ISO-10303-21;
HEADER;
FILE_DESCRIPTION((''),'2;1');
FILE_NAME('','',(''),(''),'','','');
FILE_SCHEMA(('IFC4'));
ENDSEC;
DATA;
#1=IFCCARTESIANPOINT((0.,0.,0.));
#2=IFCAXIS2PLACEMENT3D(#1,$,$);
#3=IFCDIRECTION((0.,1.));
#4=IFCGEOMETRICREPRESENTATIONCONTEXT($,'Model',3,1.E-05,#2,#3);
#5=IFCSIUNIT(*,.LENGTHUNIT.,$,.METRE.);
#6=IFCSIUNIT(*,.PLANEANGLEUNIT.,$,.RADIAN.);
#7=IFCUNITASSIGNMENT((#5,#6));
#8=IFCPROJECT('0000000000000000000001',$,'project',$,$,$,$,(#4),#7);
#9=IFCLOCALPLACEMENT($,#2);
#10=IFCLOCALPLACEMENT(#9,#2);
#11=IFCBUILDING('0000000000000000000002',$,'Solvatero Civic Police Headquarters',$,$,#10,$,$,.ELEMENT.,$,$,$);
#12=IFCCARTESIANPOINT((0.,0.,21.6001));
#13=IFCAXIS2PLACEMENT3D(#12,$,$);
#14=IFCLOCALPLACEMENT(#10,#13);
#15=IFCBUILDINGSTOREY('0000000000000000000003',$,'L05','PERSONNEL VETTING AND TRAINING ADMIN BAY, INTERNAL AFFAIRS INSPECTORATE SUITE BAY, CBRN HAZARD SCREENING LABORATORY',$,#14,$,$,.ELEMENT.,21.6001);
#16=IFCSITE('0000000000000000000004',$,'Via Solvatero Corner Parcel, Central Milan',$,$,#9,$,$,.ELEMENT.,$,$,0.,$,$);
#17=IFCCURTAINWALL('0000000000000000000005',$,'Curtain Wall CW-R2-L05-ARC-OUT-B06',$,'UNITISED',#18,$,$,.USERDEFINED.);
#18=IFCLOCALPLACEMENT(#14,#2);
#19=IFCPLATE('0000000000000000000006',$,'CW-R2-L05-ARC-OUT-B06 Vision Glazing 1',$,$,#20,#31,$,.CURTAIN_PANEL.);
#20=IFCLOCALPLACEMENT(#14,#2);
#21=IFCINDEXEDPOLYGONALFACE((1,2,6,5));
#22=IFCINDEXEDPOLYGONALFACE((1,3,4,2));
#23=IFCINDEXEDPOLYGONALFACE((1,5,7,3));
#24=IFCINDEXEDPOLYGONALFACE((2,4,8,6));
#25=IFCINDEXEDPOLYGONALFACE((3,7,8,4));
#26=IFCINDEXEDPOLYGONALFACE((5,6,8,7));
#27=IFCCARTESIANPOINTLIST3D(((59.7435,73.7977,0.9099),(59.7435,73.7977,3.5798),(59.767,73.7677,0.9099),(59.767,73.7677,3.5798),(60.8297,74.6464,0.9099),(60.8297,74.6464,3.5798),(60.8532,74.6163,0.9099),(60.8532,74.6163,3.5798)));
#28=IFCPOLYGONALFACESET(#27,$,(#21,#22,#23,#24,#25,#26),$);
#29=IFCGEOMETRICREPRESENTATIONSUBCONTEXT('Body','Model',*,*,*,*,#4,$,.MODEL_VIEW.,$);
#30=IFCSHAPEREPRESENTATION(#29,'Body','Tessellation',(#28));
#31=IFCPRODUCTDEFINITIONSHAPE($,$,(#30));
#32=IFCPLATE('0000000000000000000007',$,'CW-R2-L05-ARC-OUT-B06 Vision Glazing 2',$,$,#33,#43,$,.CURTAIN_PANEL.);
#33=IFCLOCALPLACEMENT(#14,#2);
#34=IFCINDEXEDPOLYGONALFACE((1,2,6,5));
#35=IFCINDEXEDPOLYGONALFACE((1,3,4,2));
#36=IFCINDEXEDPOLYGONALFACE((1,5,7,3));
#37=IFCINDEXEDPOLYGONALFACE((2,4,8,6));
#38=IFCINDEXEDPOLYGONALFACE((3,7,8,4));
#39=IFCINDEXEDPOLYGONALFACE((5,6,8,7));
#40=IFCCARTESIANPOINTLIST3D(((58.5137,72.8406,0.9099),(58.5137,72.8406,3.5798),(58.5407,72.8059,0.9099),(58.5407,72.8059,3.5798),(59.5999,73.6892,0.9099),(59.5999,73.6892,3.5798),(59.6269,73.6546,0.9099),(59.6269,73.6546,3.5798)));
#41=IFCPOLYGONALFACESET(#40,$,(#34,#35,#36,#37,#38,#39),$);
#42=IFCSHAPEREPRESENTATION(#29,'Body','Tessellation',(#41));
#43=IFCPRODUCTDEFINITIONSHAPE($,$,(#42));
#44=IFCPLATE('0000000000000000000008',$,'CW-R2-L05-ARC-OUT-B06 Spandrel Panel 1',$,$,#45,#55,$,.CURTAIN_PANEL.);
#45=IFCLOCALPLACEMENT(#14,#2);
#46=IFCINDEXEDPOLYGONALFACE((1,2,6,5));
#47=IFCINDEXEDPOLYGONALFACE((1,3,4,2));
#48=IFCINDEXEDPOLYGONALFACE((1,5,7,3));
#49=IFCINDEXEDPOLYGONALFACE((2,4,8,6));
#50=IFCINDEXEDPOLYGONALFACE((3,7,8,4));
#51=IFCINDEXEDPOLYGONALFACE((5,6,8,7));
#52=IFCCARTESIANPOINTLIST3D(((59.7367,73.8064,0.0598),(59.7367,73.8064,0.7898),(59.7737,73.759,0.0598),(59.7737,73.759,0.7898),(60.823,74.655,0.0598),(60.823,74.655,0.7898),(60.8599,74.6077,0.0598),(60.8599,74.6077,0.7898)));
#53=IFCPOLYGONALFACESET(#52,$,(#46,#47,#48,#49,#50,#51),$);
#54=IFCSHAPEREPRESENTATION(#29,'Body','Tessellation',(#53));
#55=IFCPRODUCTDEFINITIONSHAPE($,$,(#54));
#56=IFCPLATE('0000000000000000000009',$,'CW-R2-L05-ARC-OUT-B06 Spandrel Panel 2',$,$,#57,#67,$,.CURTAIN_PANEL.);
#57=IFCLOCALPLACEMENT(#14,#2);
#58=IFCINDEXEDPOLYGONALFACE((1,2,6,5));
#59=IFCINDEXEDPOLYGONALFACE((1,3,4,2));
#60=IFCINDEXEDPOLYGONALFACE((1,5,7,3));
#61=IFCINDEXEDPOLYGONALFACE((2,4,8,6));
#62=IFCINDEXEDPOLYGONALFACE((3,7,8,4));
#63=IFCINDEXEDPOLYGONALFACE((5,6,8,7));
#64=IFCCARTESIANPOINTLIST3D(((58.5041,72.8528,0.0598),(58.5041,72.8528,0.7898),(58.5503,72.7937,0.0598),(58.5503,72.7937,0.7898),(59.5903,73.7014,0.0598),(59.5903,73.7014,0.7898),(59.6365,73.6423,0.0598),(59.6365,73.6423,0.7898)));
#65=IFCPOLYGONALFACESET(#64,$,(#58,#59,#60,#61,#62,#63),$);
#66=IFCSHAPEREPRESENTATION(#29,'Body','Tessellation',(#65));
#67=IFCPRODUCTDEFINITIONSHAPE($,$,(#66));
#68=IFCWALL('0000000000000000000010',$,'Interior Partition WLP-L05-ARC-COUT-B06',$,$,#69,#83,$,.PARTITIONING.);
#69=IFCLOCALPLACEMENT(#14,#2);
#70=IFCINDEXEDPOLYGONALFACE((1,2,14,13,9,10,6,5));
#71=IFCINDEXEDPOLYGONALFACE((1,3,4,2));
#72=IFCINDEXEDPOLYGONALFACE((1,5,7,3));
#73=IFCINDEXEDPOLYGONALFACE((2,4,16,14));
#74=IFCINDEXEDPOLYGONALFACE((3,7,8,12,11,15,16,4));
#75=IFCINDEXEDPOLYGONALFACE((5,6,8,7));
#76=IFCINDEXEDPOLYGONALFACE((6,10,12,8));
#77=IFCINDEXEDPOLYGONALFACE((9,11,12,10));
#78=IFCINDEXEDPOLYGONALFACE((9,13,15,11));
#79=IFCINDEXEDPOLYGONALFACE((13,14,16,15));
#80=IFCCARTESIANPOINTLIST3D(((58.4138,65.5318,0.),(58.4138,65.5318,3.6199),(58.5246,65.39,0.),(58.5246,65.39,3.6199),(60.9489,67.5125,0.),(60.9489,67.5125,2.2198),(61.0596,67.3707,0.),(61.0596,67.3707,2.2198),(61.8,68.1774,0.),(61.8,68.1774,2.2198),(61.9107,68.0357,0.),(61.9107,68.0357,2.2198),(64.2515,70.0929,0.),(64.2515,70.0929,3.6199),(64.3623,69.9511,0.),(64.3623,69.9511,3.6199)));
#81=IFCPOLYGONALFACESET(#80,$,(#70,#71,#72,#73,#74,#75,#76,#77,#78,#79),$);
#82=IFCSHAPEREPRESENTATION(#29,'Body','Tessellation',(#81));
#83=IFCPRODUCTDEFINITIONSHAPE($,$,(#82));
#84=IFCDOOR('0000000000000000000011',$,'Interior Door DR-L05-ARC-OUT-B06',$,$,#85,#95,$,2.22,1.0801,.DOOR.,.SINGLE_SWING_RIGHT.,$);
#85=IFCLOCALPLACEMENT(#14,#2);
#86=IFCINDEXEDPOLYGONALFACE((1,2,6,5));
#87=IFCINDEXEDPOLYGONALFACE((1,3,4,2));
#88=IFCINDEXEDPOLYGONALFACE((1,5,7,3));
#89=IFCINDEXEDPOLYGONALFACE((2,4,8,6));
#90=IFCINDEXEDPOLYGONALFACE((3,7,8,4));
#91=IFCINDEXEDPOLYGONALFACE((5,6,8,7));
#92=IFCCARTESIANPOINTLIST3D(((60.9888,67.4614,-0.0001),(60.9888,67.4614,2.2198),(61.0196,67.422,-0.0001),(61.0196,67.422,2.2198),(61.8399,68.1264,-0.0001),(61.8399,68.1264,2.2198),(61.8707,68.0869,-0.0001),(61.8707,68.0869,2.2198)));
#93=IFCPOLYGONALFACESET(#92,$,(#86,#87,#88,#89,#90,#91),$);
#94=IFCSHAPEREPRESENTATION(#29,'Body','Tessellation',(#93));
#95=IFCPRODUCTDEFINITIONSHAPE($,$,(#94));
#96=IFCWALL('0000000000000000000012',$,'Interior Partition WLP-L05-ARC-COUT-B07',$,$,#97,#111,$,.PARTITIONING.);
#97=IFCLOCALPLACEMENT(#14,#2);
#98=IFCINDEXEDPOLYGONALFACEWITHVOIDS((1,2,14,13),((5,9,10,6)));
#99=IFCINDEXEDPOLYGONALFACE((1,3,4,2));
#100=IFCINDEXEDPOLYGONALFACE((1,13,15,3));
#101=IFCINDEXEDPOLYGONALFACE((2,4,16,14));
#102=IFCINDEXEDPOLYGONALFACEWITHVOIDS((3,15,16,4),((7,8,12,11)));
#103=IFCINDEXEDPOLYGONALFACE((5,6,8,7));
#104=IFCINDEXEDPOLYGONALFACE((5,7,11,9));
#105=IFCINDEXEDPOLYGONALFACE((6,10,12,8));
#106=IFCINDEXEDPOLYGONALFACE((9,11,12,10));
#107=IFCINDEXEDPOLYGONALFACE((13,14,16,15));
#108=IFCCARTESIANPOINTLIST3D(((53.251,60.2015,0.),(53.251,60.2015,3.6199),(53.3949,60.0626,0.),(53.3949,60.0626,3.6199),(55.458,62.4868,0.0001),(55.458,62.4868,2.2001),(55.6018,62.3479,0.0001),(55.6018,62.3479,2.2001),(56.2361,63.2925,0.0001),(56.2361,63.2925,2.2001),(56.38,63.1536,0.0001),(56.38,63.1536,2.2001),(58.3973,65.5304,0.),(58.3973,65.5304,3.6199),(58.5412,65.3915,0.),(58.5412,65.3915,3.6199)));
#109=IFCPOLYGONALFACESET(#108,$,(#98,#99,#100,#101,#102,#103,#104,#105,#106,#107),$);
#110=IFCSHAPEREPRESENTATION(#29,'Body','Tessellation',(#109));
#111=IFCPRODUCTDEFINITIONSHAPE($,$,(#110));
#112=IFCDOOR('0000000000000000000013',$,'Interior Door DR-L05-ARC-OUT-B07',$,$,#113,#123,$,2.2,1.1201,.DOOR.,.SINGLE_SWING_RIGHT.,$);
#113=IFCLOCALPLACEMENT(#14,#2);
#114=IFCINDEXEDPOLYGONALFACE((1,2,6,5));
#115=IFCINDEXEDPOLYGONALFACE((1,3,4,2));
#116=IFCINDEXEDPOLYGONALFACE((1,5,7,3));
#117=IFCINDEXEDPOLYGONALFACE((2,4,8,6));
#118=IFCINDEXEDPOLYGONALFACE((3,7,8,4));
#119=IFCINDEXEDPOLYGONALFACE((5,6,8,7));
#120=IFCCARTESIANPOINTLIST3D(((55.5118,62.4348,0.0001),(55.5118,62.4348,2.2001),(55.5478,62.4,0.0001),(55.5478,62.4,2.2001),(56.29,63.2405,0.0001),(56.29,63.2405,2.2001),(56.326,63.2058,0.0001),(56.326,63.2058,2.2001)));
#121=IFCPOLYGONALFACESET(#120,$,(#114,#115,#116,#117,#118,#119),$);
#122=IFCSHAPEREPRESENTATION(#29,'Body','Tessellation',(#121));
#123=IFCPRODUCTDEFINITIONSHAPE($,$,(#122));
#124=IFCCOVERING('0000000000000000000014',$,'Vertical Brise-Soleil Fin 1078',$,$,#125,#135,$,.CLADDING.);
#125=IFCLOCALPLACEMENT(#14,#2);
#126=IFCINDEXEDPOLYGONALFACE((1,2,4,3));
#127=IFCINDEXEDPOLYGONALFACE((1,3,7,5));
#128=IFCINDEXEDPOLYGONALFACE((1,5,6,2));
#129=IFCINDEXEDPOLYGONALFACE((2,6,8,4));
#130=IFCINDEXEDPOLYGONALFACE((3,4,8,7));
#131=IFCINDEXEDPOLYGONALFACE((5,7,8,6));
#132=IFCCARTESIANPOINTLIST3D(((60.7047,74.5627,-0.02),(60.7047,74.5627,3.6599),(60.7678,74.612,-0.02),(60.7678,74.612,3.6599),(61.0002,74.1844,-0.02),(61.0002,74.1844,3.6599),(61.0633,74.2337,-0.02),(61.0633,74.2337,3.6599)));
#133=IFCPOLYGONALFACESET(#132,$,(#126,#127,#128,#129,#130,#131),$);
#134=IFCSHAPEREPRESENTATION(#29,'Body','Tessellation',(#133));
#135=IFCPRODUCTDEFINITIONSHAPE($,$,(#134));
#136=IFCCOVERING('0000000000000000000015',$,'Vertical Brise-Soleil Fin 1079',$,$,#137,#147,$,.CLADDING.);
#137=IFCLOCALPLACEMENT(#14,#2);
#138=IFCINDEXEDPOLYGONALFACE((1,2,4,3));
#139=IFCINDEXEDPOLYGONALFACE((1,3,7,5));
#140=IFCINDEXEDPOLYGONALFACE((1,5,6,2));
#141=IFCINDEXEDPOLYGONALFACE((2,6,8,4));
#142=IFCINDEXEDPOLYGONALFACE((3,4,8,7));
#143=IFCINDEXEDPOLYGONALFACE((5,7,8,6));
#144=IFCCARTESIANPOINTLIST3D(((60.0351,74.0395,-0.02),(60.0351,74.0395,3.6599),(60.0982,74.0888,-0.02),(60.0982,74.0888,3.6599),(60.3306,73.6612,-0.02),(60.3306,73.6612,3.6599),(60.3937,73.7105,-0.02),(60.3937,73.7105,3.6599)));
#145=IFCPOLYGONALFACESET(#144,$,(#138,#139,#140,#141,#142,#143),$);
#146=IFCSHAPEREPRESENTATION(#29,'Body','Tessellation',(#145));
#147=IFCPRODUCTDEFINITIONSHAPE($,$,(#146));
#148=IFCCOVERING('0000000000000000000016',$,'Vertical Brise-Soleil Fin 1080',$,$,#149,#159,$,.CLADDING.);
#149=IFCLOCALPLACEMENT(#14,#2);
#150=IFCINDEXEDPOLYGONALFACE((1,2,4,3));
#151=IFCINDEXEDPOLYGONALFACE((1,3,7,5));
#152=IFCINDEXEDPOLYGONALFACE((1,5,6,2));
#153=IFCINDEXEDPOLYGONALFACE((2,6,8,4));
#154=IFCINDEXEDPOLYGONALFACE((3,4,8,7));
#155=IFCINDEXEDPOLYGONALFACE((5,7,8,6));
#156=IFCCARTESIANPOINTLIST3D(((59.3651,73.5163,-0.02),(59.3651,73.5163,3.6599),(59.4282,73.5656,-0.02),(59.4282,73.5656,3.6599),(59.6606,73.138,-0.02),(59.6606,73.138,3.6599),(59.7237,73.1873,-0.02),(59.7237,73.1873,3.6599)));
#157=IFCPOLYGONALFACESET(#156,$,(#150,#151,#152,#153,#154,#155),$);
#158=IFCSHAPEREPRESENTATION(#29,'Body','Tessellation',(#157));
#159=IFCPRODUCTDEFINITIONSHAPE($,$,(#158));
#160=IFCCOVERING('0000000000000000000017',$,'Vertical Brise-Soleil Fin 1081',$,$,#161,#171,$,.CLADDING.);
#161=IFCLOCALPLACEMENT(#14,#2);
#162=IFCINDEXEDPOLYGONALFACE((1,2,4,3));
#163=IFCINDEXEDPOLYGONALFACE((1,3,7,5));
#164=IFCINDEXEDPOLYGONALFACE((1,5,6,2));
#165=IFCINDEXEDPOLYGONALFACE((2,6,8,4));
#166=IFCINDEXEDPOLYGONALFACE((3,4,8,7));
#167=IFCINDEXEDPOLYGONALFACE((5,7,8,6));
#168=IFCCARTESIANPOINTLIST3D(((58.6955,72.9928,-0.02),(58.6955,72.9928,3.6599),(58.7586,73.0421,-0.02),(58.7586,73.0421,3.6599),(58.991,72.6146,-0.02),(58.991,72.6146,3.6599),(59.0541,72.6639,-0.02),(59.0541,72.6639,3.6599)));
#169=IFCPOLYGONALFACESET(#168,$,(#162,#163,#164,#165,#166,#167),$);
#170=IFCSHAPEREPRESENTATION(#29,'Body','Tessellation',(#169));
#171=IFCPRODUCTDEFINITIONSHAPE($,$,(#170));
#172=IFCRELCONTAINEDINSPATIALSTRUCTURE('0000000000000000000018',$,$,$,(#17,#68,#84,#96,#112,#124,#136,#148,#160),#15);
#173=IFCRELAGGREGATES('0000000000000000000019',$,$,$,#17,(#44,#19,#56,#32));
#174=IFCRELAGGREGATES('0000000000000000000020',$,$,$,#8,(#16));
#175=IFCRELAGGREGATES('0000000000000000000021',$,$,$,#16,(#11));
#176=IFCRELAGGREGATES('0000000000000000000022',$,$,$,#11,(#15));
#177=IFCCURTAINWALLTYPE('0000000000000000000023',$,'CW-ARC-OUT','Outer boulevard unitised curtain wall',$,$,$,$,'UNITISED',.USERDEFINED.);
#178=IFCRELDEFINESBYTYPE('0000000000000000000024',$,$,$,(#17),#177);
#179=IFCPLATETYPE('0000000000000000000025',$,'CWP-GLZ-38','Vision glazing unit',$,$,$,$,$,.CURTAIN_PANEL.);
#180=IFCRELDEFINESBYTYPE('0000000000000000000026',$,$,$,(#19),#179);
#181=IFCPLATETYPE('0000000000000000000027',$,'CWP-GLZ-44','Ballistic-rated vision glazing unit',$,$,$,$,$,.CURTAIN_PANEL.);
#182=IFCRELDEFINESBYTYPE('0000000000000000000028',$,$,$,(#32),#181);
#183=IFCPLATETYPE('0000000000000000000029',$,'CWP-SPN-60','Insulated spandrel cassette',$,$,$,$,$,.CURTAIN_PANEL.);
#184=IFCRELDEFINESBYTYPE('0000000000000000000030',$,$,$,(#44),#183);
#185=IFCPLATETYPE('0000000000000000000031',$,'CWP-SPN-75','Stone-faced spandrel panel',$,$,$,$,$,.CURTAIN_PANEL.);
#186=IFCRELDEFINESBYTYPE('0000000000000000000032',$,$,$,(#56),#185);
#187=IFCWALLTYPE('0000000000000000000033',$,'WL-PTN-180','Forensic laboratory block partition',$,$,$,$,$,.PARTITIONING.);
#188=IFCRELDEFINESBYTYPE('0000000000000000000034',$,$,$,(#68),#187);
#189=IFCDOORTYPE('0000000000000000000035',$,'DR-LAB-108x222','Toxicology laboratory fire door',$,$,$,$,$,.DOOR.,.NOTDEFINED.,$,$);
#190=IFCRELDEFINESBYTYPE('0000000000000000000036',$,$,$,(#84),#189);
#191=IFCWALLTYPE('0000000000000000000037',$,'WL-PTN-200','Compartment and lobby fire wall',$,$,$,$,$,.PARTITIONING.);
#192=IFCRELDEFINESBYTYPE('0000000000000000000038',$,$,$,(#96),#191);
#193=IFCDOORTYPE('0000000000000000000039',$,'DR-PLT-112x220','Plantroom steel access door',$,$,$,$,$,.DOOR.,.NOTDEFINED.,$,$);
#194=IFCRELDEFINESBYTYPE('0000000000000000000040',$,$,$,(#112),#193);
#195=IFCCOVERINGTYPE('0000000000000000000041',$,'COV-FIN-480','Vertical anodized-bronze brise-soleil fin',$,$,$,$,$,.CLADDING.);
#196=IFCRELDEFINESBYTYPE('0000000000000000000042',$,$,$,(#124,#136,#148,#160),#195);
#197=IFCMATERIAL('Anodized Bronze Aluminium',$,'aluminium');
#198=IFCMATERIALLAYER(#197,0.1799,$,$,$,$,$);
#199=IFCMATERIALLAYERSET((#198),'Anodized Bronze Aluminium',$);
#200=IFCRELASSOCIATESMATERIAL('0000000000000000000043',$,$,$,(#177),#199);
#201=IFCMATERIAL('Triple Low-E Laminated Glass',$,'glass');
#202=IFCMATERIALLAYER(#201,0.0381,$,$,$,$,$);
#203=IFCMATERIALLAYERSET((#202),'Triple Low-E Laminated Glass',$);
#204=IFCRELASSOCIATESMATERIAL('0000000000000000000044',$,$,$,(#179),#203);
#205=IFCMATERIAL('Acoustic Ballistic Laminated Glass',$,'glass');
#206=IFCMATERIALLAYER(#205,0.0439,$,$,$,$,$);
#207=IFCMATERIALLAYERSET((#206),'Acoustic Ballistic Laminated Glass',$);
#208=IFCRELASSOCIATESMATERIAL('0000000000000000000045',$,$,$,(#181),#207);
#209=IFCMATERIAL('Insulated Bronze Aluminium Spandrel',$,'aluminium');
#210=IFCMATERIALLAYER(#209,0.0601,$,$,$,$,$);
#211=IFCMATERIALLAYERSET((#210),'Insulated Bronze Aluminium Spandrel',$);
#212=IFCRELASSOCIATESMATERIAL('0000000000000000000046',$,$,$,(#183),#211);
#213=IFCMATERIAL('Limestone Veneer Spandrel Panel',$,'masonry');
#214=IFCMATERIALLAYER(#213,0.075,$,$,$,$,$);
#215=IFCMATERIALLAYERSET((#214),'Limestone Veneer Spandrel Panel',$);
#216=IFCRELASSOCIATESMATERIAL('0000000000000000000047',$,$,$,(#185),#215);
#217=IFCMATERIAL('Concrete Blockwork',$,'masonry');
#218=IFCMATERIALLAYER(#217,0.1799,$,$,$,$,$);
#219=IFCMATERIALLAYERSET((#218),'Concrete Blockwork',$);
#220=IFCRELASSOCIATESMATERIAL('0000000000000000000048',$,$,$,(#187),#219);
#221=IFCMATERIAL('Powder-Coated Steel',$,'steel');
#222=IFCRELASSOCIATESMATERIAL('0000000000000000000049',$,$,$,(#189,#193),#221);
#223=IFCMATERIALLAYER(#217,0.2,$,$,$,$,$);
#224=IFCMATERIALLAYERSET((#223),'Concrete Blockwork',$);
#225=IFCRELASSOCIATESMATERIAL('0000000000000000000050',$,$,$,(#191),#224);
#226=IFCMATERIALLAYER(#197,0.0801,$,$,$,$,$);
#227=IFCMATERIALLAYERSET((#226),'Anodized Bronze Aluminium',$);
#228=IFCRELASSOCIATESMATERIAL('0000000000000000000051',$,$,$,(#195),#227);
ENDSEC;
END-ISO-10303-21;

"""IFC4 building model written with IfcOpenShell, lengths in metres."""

from ifc_helpers import new_model, si_unit, direction, frame, frame_2d, origin, origin_2d, place, context, subcontext, project, spatial, rectangle, extrude, material, layer, layer_set, type_object, element, fill, aggregate, save


model = new_model("IFC4")

# Units and contexts
model_context = context("Model", 3, precision=1e-05, world=origin(), true_north=direction((0.0, 1.0)))
body_context = subcontext(model_context, "Body", "Model", "MODEL_VIEW")
ifc_project = project(units=[si_unit("LENGTHUNIT", "METRE"), si_unit("PLANEANGLEUNIT", "RADIAN")], contexts=[model_context])

# Site, building, storey
site_placement = place(None, origin())
site = spatial("IfcSite", under=ifc_project, at=site_placement, Name="Via Solvatero Corner Parcel, Central Milan", CompositionType="ELEMENT", RefElevation=0.0)
building_placement = place(site_placement, origin())
building = spatial("IfcBuilding", under=site, at=building_placement, Name="Solvatero Civic Police Headquarters", CompositionType="ELEMENT")
storey_placement = place(building_placement, frame((0.0, 0.0, 21.6001)))
storey = spatial("IfcBuildingStorey", under=building, at=storey_placement, Name="L05", Description="PERSONNEL VETTING AND TRAINING ADMIN BAY, INTERNAL AFFAIRS INSPECTORATE SUITE BAY, CBRN HAZARD SCREENING LABORATORY", CompositionType="ELEMENT", Elevation=21.6001)

# Curtain wall, plates
ifc_material_1 = material(Name="Anodized Bronze Aluminium", Category="aluminium")
ifc_layer_1 = layer(ifc_material_1, 0.1799)
ifc_layer_set_1 = layer_set([ifc_layer_1], Name="Anodized Bronze Aluminium")
curtain_wall_type = type_object("IfcCurtainWallType", Name="CW-ARC-OUT", Description="Outer boulevard unitised curtain wall", ElementType="UNITISED", PredefinedType="USERDEFINED", material=ifc_layer_set_1)
curtain_wall_placement = place(storey_placement, origin())
curtain_wall = element("IfcCurtainWall", 1, at=curtain_wall_placement, inside=storey, type_object=curtain_wall_type, Name="Curtain Wall CW-R2-L05-ARC-OUT-B06", ObjectType="UNITISED", PredefinedType="USERDEFINED")
ifc_material_2 = material(Name="Triple Low-E Laminated Glass", Category="glass")
ifc_layer_2 = layer(ifc_material_2, 0.0381)
ifc_layer_set_2 = layer_set([ifc_layer_2], Name="Triple Low-E Laminated Glass")
plate_type_1 = type_object("IfcPlateType", Name="CWP-GLZ-38", Description="Vision glazing unit", PredefinedType="CURTAIN_PANEL", material=ifc_layer_set_2)
plate_1_placement = place(storey_placement, frame((60.2983, 74.207, 0.9099), z_axis=(0.0, 0.0, 1.0), x_axis=(-0.788011, -0.615661, 0.0)))
plate_1 = element("IfcPlate", 2, at=plate_1_placement, type_object=plate_type_1, Name="CW-R2-L05-ARC-OUT-B06 Vision Glazing 1", PredefinedType="CURTAIN_PANEL", context=body_context, shape_type="SweptSolid", body=[
    extrude(rectangle(XDim=1.3784, YDim=0.0381, at=origin_2d()), origin(), (0.0, 0.0, 1.0), 2.6699),
])
ifc_material_3 = material(Name="Acoustic Ballistic Laminated Glass", Category="glass")
ifc_layer_3 = layer(ifc_material_3, 0.0439)
ifc_layer_set_3 = layer_set([ifc_layer_3], Name="Acoustic Ballistic Laminated Glass")
plate_type_2 = type_object("IfcPlateType", Name="CWP-GLZ-44", Description="Ballistic-rated vision glazing unit", PredefinedType="CURTAIN_PANEL", material=ifc_layer_set_3)
plate_2_placement = place(storey_placement, frame((59.0703, 73.2476, 0.9099), z_axis=(0.0, 0.0, 1.0), x_axis=(-0.788011, -0.615661, 0.0)))
plate_2 = element("IfcPlate", 3, at=plate_2_placement, type_object=plate_type_2, Name="CW-R2-L05-ARC-OUT-B06 Vision Glazing 2", PredefinedType="CURTAIN_PANEL", context=body_context, shape_type="SweptSolid", body=[
    extrude(rectangle(XDim=1.3784, YDim=0.0439, at=origin_2d()), origin(), (0.0, 0.0, 1.0), 2.6699),
])
ifc_material_4 = material(Name="Insulated Bronze Aluminium Spandrel", Category="aluminium")
ifc_layer_4 = layer(ifc_material_4, 0.0601)
ifc_layer_set_4 = layer_set([ifc_layer_4], Name="Insulated Bronze Aluminium Spandrel")
plate_type_3 = type_object("IfcPlateType", Name="CWP-SPN-60", Description="Insulated spandrel cassette", PredefinedType="CURTAIN_PANEL", material=ifc_layer_set_4)
plate_3_placement = place(storey_placement, frame((60.2983, 74.207, 0.0598), z_axis=(0.0, 0.0, 1.0), x_axis=(-0.788011, -0.615661, 0.0)))
plate_3 = element("IfcPlate", 4, at=plate_3_placement, type_object=plate_type_3, Name="CW-R2-L05-ARC-OUT-B06 Spandrel Panel 1", PredefinedType="CURTAIN_PANEL", context=body_context, shape_type="SweptSolid", body=[
    extrude(rectangle(XDim=1.3784, YDim=0.0601, at=origin_2d()), origin(), (0.0, 0.0, 1.0), 0.73),
])
ifc_material_5 = material(Name="Limestone Veneer Spandrel Panel", Category="masonry")
ifc_layer_5 = layer(ifc_material_5, 0.075)
ifc_layer_set_5 = layer_set([ifc_layer_5], Name="Limestone Veneer Spandrel Panel")
plate_type_4 = type_object("IfcPlateType", Name="CWP-SPN-75", Description="Stone-faced spandrel panel", PredefinedType="CURTAIN_PANEL", material=ifc_layer_set_5)
plate_4_placement = place(storey_placement, frame((59.0703, 73.2476, 0.0598), z_axis=(0.0, 0.0, 1.0), x_axis=(-0.788011, -0.615661, 0.0)))
plate_4 = element("IfcPlate", 5, at=plate_4_placement, type_object=plate_type_4, Name="CW-R2-L05-ARC-OUT-B06 Spandrel Panel 2", PredefinedType="CURTAIN_PANEL", context=body_context, shape_type="SweptSolid", body=[
    extrude(rectangle(XDim=1.3784, YDim=0.075, at=origin_2d()), origin(), (0.0, 0.0, 1.0), 0.73),
])
aggregate(curtain_wall, [plate_3, plate_1, plate_4, plate_2])

# Walls, openings, doors
ifc_material_6 = material(Name="Concrete Blockwork", Category="masonry")
ifc_layer_6 = layer(ifc_material_6, 0.1799)
ifc_layer_set_6 = layer_set([ifc_layer_6], Name="Concrete Blockwork")
wall_type_1 = type_object("IfcWallType", Name="WL-PTN-180", Description="Forensic laboratory block partition", PredefinedType="PARTITIONING", material=ifc_layer_set_6)
wall_1_placement = place(storey_placement, frame((64.3069, 70.022, 0.0), z_axis=(0.0, 0.0, 1.0), x_axis=(-0.788, -0.615675, 0.0)))
wall_1 = element("IfcWall", 6, at=wall_1_placement, inside=storey, type_object=wall_type_1, Name="Interior Partition WLP-L05-ARC-COUT-B06", PredefinedType="PARTITIONING", context=body_context, shape_type="SweptSolid", body=[
    extrude(rectangle(XDim=7.4082, YDim=0.1799, at=frame_2d((3.7041, 0.0))), origin(), (0.0, 0.0, 1.0), 3.6199),
])
opening_1_placement = place(wall_1_placement, frame((3.1111, 0.0, 0.0)))
opening_1 = element("IfcOpeningElement", 7, at=opening_1_placement, cuts=wall_1, PredefinedType="OPENING", context=body_context, shape_type="SweptSolid", body=[
    extrude(rectangle(XDim=1.0801, YDim=2.22, at=frame_2d((0.54, 1.1099))), frame((0.0, 0.0999, 0.0), z_axis=(0.0, -1.0, 0.0), x_axis=(1.0, 0.0, 0.0)), (0.0, 0.0, 1.0), 0.2),
])
ifc_material_7 = material(Name="Powder-Coated Steel", Category="steel")
door_type_1 = type_object("IfcDoorType", Name="DR-LAB-108x222", Description="Toxicology laboratory fire door", OperationType="NOTDEFINED", PredefinedType="DOOR", material=ifc_material_7)
door_1_placement = place(opening_1_placement, origin())
door_1 = element("IfcDoor", 8, at=door_1_placement, inside=storey, type_object=door_type_1, Name="Interior Door DR-L05-ARC-OUT-B06", OperationType="SINGLE_SWING_RIGHT", OverallHeight=2.22, OverallWidth=1.0801, PredefinedType="DOOR", context=body_context, shape_type="SweptSolid", body=[
    extrude(rectangle(XDim=1.0801, YDim=2.22, at=frame_2d((0.54, 1.1099))), frame((0.0, 0.0249, 0.0), z_axis=(0.0, -1.0, 0.0), x_axis=(1.0, 0.0, 0.0)), (0.0, 0.0, 1.0), 0.05),
])
fill(opening_1, door_1)
ifc_layer_7 = layer(ifc_material_6, 0.2)
ifc_layer_set_7 = layer_set([ifc_layer_7], Name="Concrete Blockwork")
wall_type_2 = type_object("IfcWallType", Name="WL-PTN-200", Description="Compartment and lobby fire wall", PredefinedType="PARTITIONING", material=ifc_layer_set_7)
wall_2_placement = place(storey_placement, frame((58.4692, 65.4609, 0.0), z_axis=(0.0, 0.0, 1.0), x_axis=(-0.694674, -0.719325, 0.0)))
wall_2 = element("IfcWall", 9, at=wall_2_placement, inside=storey, type_object=wall_type_2, Name="Interior Partition WLP-L05-ARC-COUT-B07", PredefinedType="PARTITIONING", context=body_context, shape_type="SweptSolid", body=[
    extrude(rectangle(XDim=7.4082, YDim=0.2, at=frame_2d((3.7041, 0.0))), origin(), (0.0, 0.0, 1.0), 3.6199),
])
opening_2_placement = place(wall_2_placement, frame((3.1111, 0.0, 0.0)))
opening_2 = element("IfcOpeningElement", 10, at=opening_2_placement, cuts=wall_2, PredefinedType="OPENING", context=body_context, shape_type="SweptSolid", body=[
    extrude(rectangle(XDim=1.1201, YDim=2.2, at=frame_2d((0.5601, 1.1001))), frame((0.0, 0.1099, 0.0), z_axis=(0.0, -1.0, 0.0), x_axis=(1.0, 0.0, 0.0)), (0.0, 0.0, 1.0), 0.22),
])
door_type_2 = type_object("IfcDoorType", Name="DR-PLT-112x220", Description="Plantroom steel access door", OperationType="NOTDEFINED", PredefinedType="DOOR", material=ifc_material_7)
door_2_placement = place(opening_2_placement, origin())
door_2 = element("IfcDoor", 11, at=door_2_placement, inside=storey, type_object=door_type_2, Name="Interior Door DR-L05-ARC-OUT-B07", OperationType="SINGLE_SWING_RIGHT", OverallHeight=2.2, OverallWidth=1.1201, PredefinedType="DOOR", context=body_context, shape_type="SweptSolid", body=[
    extrude(rectangle(XDim=1.1201, YDim=2.2, at=frame_2d((0.5601, 1.1001))), frame((0.0, 0.0249, 0.0), z_axis=(0.0, -1.0, 0.0), x_axis=(1.0, 0.0, 0.0)), (0.0, 0.0, 1.0), 0.05),
])
fill(opening_2, door_2)

# Coverings
ifc_layer_8 = layer(ifc_material_1, 0.0801)
ifc_layer_set_8 = layer_set([ifc_layer_8], Name="Anodized Bronze Aluminium")
covering_type = type_object("IfcCoveringType", Name="COV-FIN-480", Description="Vertical anodized-bronze brise-soleil fin", PredefinedType="CLADDING", material=ifc_layer_set_8)
for number, where, z_axis, x_axis, name in (
    (12, (60.884, 74.3982, -0.02), (0.0, 0.0, 1.0), (-0.788011, -0.615661, 0.0), "Vertical Brise-Soleil Fin 1078"),
    (13, (60.2144, 73.875, -0.02), (0.0, 0.0, 1.0), (-0.788011, -0.615661, 0.0), "Vertical Brise-Soleil Fin 1079"),
    (14, (59.5444, 73.3518, -0.02), (0.0, 0.0, 1.0), (-0.788011, -0.615661, 0.0), "Vertical Brise-Soleil Fin 1080"),
    (15, (58.8748, 72.8284, -0.02), (0.0, 0.0, 1.0), (-0.788011, -0.615661, 0.0), "Vertical Brise-Soleil Fin 1081"),
):
    element("IfcCovering", number, at=place(storey_placement, frame(where, z_axis=z_axis, x_axis=x_axis)), inside=storey, type_object=covering_type, Name=name, PredefinedType="CLADDING", context=body_context, shape_type="SweptSolid", body=[
        extrude(rectangle(XDim=0.0801, YDim=0.48, at=origin_2d()), origin(), (0.0, 0.0, 1.0), 3.6799),
    ])

save(model, "model.ifc")
